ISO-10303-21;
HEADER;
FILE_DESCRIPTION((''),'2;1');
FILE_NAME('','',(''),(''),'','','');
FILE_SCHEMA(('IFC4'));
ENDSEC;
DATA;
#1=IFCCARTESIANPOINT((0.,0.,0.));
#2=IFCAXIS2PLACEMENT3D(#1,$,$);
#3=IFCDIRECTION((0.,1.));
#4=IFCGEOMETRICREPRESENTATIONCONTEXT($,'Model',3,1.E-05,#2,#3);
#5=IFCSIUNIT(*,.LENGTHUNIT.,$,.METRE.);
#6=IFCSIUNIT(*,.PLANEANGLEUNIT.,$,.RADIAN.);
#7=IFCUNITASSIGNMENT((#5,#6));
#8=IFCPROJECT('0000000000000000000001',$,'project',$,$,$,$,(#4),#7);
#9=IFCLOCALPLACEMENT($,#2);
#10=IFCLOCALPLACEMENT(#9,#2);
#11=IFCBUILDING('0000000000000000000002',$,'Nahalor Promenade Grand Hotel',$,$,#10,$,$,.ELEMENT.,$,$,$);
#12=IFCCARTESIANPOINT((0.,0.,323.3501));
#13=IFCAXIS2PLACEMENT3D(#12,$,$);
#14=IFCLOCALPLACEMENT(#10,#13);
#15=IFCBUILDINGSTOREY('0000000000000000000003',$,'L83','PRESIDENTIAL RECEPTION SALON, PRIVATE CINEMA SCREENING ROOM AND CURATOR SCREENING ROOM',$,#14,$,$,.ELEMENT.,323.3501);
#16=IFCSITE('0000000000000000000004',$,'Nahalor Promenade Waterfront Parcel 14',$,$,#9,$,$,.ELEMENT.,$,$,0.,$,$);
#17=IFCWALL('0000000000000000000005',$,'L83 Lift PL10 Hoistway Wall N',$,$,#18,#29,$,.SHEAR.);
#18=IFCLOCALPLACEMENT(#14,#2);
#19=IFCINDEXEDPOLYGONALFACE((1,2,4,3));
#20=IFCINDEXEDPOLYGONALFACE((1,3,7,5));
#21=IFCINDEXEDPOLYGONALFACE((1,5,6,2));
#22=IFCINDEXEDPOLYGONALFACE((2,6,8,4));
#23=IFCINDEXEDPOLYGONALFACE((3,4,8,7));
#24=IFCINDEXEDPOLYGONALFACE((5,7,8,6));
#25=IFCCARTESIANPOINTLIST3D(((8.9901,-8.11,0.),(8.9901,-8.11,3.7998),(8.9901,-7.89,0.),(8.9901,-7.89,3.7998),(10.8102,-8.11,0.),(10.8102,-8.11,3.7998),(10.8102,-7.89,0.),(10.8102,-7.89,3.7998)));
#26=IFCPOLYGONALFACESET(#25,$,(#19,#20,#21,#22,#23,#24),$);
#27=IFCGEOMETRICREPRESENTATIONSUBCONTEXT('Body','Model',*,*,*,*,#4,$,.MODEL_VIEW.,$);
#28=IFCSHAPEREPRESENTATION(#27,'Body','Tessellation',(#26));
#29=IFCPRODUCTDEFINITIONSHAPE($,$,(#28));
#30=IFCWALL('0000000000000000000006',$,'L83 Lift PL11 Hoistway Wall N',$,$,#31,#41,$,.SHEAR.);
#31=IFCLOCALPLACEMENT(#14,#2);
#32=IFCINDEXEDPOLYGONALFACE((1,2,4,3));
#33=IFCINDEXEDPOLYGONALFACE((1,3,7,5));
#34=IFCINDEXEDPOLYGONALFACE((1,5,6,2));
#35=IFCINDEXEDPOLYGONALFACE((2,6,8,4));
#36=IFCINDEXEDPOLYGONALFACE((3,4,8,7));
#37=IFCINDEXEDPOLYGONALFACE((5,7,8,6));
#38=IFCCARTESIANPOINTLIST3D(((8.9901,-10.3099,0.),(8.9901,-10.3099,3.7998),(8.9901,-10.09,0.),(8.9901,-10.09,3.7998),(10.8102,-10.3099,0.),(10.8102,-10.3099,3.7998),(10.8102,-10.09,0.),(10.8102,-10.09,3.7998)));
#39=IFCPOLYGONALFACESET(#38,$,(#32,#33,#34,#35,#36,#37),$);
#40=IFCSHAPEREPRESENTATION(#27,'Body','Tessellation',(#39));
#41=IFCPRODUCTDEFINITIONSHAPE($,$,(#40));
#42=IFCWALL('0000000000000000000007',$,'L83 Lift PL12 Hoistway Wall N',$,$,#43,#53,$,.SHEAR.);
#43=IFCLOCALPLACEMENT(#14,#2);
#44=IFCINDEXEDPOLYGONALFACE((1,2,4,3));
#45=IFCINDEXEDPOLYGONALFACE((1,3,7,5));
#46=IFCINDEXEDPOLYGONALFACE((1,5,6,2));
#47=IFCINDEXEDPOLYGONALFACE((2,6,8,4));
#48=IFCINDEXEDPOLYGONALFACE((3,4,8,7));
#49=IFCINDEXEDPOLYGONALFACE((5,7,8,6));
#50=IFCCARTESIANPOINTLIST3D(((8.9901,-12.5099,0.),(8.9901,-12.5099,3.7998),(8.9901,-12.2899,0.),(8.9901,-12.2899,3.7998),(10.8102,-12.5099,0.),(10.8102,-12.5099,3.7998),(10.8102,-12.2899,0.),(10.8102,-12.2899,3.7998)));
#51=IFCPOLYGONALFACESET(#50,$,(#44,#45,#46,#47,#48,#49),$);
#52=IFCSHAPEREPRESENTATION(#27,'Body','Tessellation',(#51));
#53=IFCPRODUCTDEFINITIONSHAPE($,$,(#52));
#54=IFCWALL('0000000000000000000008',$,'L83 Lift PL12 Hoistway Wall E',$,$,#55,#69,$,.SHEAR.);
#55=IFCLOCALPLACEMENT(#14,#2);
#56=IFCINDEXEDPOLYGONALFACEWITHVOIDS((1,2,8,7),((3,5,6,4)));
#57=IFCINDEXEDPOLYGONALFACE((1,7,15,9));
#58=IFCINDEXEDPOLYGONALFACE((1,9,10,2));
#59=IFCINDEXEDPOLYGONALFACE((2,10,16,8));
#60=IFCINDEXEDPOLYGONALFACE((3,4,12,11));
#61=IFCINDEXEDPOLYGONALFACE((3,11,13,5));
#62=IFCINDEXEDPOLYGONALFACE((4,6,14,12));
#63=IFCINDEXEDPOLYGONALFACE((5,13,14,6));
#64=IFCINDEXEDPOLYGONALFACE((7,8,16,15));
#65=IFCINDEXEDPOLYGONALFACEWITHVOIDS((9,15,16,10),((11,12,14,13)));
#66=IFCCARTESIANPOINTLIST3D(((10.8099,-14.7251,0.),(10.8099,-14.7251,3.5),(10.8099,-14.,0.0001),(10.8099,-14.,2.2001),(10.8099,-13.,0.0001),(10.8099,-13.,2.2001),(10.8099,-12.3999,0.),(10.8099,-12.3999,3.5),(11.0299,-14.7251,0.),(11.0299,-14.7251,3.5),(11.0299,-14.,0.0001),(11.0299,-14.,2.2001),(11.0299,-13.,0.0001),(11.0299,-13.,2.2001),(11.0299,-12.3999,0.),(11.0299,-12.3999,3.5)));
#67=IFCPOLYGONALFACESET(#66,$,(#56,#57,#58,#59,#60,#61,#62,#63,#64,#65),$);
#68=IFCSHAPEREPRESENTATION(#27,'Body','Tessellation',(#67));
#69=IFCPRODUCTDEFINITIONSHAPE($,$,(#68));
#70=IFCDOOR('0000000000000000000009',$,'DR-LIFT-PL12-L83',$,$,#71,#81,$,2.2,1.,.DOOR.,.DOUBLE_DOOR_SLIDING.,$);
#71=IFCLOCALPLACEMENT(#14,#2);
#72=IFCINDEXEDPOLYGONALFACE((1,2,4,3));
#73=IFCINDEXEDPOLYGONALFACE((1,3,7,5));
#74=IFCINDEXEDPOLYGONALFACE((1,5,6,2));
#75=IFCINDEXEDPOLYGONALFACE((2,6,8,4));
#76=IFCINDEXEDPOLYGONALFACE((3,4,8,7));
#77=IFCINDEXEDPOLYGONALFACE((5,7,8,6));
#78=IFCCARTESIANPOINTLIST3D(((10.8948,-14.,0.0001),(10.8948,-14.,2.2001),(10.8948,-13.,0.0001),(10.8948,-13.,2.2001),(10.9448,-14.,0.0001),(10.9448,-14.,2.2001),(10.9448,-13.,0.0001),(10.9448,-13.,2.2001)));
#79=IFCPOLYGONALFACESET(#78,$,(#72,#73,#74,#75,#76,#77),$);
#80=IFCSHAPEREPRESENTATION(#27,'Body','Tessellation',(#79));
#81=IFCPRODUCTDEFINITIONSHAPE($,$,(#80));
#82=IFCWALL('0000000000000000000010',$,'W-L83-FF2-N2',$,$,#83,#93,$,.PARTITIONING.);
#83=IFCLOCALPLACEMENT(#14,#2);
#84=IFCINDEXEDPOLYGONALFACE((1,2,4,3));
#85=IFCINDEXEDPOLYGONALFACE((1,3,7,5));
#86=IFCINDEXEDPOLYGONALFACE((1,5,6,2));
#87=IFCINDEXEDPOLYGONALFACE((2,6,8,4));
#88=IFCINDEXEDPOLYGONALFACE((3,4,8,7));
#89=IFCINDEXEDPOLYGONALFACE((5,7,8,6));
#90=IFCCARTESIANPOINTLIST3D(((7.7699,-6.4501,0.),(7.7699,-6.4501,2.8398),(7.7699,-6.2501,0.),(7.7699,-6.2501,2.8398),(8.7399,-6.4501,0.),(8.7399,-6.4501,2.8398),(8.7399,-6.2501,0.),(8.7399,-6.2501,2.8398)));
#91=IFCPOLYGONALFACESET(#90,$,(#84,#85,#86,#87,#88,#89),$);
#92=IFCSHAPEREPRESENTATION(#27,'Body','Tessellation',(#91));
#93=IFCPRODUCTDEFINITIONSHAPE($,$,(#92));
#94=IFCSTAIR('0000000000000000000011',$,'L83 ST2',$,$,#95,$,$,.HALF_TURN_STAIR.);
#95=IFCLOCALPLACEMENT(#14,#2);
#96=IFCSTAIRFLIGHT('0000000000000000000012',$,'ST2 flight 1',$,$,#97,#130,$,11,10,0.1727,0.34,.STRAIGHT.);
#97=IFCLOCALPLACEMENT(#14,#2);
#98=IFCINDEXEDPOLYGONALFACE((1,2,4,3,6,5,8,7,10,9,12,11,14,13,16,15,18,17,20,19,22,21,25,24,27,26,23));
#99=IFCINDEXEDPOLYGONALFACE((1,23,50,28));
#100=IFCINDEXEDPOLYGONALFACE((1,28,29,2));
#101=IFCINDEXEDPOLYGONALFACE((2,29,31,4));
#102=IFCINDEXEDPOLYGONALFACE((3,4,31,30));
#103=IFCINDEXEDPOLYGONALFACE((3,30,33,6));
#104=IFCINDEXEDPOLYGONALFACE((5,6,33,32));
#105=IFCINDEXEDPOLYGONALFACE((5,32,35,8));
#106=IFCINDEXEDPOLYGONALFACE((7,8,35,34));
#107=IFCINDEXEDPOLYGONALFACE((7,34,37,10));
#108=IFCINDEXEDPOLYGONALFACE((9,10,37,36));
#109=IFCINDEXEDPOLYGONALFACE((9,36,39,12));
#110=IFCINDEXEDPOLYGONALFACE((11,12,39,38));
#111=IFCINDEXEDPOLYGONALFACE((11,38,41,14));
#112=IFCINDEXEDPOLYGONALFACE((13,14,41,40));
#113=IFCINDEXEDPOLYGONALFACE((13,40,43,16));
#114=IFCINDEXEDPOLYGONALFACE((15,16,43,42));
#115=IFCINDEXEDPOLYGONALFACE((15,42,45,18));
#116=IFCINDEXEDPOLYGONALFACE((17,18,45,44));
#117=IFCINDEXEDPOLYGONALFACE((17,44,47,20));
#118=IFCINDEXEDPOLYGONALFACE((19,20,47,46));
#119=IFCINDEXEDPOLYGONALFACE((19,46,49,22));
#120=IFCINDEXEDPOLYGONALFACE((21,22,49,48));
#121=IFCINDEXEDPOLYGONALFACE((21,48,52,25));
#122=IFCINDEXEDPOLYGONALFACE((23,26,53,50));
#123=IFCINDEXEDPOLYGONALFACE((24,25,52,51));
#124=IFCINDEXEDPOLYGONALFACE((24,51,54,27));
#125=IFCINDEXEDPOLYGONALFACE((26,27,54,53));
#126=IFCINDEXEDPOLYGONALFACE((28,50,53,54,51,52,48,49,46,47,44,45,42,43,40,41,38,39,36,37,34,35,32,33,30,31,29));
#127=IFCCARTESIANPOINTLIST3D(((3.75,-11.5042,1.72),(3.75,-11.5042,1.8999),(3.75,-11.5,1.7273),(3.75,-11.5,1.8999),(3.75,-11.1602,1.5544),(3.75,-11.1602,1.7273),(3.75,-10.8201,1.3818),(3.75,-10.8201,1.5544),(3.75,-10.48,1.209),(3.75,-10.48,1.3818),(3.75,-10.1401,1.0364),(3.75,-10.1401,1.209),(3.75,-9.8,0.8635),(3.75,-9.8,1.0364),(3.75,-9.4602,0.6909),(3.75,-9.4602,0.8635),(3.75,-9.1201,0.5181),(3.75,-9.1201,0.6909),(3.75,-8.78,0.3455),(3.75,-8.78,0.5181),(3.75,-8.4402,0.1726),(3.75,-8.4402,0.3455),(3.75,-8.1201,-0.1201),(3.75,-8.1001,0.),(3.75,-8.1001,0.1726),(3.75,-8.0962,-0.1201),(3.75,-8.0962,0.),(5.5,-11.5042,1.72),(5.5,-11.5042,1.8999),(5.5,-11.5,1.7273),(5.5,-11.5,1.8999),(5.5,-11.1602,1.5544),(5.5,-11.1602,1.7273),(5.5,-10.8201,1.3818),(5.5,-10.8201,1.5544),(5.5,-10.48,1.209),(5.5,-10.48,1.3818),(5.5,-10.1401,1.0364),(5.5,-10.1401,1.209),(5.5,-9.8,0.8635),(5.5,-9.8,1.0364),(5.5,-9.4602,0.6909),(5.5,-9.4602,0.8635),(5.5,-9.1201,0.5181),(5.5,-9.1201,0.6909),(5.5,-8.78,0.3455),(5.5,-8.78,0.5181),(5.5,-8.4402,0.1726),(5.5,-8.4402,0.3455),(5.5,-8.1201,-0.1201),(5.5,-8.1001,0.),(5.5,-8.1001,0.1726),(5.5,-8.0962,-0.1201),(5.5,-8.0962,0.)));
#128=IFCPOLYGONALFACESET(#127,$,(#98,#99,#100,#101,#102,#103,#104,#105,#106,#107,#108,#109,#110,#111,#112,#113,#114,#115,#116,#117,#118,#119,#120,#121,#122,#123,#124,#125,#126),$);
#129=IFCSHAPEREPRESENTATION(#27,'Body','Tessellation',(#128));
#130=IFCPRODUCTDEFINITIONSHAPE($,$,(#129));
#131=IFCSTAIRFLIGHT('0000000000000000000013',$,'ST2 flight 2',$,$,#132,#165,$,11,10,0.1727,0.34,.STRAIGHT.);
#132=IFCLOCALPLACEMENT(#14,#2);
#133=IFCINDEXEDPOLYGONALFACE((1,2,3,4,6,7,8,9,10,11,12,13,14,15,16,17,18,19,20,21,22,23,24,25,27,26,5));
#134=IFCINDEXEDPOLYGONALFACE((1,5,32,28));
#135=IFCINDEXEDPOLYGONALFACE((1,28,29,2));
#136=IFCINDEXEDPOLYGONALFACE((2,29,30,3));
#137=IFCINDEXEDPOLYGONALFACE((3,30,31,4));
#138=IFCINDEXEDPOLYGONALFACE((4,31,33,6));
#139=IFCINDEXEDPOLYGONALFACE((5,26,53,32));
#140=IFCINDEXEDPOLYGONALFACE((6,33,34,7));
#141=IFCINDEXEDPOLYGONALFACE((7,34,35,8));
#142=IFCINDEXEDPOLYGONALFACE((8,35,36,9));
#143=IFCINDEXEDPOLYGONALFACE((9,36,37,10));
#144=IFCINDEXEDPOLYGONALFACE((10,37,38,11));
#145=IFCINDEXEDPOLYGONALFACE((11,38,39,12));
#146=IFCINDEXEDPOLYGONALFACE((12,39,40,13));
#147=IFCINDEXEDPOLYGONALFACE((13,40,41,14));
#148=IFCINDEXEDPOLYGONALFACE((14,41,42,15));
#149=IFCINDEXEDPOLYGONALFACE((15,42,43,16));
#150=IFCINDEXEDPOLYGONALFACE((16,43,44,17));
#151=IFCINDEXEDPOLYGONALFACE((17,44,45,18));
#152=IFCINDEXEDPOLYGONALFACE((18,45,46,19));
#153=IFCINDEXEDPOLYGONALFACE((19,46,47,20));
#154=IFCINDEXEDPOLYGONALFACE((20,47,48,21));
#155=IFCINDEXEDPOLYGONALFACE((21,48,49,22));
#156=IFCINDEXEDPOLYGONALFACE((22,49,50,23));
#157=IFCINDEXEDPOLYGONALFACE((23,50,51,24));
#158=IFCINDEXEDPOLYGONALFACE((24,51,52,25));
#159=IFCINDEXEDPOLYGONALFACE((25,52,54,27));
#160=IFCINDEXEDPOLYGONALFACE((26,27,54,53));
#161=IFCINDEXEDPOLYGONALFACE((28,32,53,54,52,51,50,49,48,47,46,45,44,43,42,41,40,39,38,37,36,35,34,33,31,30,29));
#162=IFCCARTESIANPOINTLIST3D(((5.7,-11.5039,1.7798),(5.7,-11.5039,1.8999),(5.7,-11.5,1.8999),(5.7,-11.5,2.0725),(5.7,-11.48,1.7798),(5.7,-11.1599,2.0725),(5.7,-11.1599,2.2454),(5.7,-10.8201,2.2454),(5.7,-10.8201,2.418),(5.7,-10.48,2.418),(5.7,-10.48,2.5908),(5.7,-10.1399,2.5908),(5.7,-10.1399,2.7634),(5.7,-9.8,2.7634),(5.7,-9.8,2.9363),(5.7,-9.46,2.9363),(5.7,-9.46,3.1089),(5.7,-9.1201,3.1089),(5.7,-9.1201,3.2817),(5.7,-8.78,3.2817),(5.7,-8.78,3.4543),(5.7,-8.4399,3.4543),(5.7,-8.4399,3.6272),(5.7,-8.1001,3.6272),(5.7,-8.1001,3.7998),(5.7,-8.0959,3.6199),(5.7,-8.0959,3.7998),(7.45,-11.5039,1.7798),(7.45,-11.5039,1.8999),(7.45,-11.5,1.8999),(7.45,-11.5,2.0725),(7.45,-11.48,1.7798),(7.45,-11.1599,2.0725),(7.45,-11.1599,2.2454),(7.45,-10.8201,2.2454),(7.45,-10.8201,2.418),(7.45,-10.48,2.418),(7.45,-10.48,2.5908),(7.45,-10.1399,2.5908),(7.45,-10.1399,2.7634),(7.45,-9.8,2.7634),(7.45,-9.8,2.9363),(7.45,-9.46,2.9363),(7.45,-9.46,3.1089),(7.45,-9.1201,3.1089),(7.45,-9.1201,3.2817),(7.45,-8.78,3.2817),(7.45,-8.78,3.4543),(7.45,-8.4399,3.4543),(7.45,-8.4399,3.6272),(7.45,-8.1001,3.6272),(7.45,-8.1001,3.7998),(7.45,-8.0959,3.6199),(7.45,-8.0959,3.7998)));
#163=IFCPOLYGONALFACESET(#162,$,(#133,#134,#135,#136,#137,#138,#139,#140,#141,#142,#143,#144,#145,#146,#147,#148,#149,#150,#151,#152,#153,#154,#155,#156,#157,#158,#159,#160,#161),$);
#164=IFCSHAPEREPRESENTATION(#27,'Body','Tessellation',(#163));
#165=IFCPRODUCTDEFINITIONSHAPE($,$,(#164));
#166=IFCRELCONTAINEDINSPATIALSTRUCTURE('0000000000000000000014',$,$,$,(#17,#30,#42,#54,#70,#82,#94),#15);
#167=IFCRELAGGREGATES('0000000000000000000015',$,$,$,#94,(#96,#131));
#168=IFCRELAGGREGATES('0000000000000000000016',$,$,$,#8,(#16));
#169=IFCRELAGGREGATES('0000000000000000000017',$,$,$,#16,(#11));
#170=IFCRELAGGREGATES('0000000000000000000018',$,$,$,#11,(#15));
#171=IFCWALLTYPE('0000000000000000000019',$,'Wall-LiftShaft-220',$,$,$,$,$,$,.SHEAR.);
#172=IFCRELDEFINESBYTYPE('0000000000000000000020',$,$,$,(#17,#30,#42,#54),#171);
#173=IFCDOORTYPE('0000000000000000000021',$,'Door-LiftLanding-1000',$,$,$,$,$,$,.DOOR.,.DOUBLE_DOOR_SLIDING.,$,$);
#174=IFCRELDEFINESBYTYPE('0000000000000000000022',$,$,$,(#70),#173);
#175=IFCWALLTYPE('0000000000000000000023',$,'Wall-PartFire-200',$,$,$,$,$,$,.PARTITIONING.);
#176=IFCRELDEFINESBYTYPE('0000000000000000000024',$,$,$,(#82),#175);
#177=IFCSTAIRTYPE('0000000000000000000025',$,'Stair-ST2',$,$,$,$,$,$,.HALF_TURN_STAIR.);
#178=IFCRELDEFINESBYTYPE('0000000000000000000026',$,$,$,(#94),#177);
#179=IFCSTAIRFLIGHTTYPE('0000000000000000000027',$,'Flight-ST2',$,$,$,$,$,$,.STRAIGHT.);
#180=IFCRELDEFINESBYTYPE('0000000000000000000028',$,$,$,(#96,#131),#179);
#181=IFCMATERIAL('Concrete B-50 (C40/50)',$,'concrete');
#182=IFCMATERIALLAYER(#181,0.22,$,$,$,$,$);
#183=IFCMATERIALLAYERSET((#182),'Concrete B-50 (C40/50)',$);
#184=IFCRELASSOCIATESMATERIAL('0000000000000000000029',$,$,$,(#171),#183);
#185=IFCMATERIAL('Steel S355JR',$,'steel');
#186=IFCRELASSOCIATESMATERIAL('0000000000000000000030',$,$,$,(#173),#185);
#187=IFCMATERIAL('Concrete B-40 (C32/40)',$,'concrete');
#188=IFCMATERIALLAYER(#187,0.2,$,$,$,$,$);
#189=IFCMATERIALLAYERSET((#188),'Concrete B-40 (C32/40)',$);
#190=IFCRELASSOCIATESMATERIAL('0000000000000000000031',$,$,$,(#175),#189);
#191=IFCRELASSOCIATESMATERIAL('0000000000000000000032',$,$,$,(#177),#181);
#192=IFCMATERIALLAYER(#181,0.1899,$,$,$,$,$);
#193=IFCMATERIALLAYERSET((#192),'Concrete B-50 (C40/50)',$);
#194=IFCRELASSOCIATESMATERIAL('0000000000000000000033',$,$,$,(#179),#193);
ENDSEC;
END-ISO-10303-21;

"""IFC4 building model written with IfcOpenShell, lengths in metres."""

from ifc_helpers import new_model, si_unit, direction, frame, frame_2d, origin, place, context, subcontext, project, spatial, polyline, rectangle, outline, extrude, source, transform, mapped, material, layer, layer_set, type_object, element, fill, aggregate, save


model = new_model("IFC4")

# Units and contexts
model_context = context("Model", 3, precision=1e-05, world=origin(), true_north=direction((0.0, 1.0)))
body_context = subcontext(model_context, "Body", "Model", "MODEL_VIEW")
ifc_project = project(units=[si_unit("LENGTHUNIT", "METRE"), si_unit("PLANEANGLEUNIT", "RADIAN")], contexts=[model_context])

# Site, building, storey
site_placement = place(None, origin())
site = spatial("IfcSite", under=ifc_project, at=site_placement, Name="Nahalor Promenade Waterfront Parcel 14", CompositionType="ELEMENT", RefElevation=0.0)
building_placement = place(site_placement, origin())
building = spatial("IfcBuilding", under=site, at=building_placement, Name="Nahalor Promenade Grand Hotel", CompositionType="ELEMENT")
storey_placement = place(building_placement, frame((0.0, 0.0, 323.3501)))
storey = spatial("IfcBuildingStorey", under=building, at=storey_placement, Name="L83", Description="PRESIDENTIAL RECEPTION SALON, PRIVATE CINEMA SCREENING ROOM AND CURATOR SCREENING ROOM", CompositionType="ELEMENT", Elevation=323.3501)

# Shared definitions
ifc_material_1 = material(Name="Concrete B-50 (C40/50)", Category="concrete")

# Shared definitions
ifc_layer_1 = layer(ifc_material_1, 0.22)
ifc_layer_set_1 = layer_set([ifc_layer_1], Name="Concrete B-50 (C40/50)")
wall_type_1 = type_object("IfcWallType", Name="Wall-LiftShaft-220", PredefinedType="SHEAR", material=ifc_layer_set_1)

# Shared definitions
ifc_material_2 = material(Name="Steel S355JR", Category="steel")
door_type = type_object("IfcDoorType", Name="Door-LiftLanding-1000", OperationType="DOUBLE_DOOR_SLIDING", PredefinedType="DOOR", material=ifc_material_2)
shared_shape_1 = source(origin(), body_context, "Body", "SweptSolid", [
    extrude(rectangle(XDim=1.0, YDim=2.2, at=frame_2d((0.5, 1.1001))), frame((0.0, 0.0249, 0.0), z_axis=(0.0, -1.0, 0.0), x_axis=(1.0, 0.0, 0.0)), (0.0, 0.0, 1.0), 0.05),
])

# Walls
shared_shape_2 = source(origin(), body_context, "Body", "SweptSolid", [
    extrude(rectangle(XDim=1.8201, YDim=0.22, at=frame_2d((0.9102, 0.0))), origin(), (0.0, 0.0, 1.0), 3.7998),
])
for number, where, z_axis, x_axis, name in (
    (1, (8.99, -8.0, 0.0), (0.0, 0.0, 1.0), (1.0, 0.0, 0.0), "L83 Lift PL10 Hoistway Wall N"),
    (2, (8.99, -10.2, 0.0), (0.0, 0.0, 1.0), (1.0, 0.0, 0.0), "L83 Lift PL11 Hoistway Wall N"),
    (3, (8.99, -12.3999, 0.0), (0.0, 0.0, 1.0), (1.0, 0.0, 0.0), "L83 Lift PL12 Hoistway Wall N"),
):
    element("IfcWall", number, at=place(storey_placement, frame(where, z_axis=z_axis, x_axis=x_axis)), inside=storey, type_object=wall_type_1, Name=name, PredefinedType="SHEAR", context=body_context, shape_type="MappedRepresentation", body=[
        mapped(shared_shape_2, transform((0.0, 0.0, 0.0), scale=1.0)),
    ])

# Wall, opening, door
shared_shape_3 = source(origin(), body_context, "Body", "SweptSolid", [
    extrude(rectangle(XDim=2.3252, YDim=0.22, at=frame_2d((1.1626, 0.0))), origin(), (0.0, 0.0, 1.0), 3.5),
])
wall_1_placement = place(storey_placement, frame((10.9199, -14.7251, 0.0), z_axis=(0.0, 0.0, 1.0), x_axis=(0.0, 1.0, 0.0)))
wall_1 = element("IfcWall", 4, at=wall_1_placement, inside=storey, type_object=wall_type_1, Name="L83 Lift PL12 Hoistway Wall E", PredefinedType="SHEAR", context=body_context, shape_type="MappedRepresentation", body=[
    mapped(shared_shape_3, transform((0.0, 0.0, 0.0), scale=1.0)),
])
opening_1_placement = place(wall_1_placement, frame((0.7251, 0.0, 0.0)))
opening_1 = element("IfcOpeningElement", 5, at=opening_1_placement, cuts=wall_1, PredefinedType="OPENING", context=body_context, shape_type="SweptSolid", body=[
    extrude(rectangle(XDim=1.0, YDim=2.2, at=frame_2d((0.5, 1.1001))), frame((0.0, 0.1199, 0.0), z_axis=(0.0, -1.0, 0.0), x_axis=(1.0, 0.0, 0.0)), (0.0, 0.0, 1.0), 0.24),
])
door_1_placement = place(opening_1_placement, frame((1.0, 0.0, 0.0), z_axis=(0.0, 0.0, 1.0), x_axis=(-1.0, 0.0, 0.0)))
door_1 = element("IfcDoor", 6, at=door_1_placement, inside=storey, type_object=door_type, Name="DR-LIFT-PL12-L83", OperationType="DOUBLE_DOOR_SLIDING", OverallHeight=2.2, OverallWidth=1.0, PredefinedType="DOOR", context=body_context, shape_type="MappedRepresentation", body=[
    mapped(shared_shape_1, transform((0.0, 0.0, 0.0), scale=1.0)),
])
fill(opening_1, door_1)

# Wall
ifc_material_3 = material(Name="Concrete B-40 (C32/40)", Category="concrete")
ifc_layer_2 = layer(ifc_material_3, 0.2)
ifc_layer_set_2 = layer_set([ifc_layer_2], Name="Concrete B-40 (C32/40)")
wall_type_2 = type_object("IfcWallType", Name="Wall-PartFire-200", PredefinedType="PARTITIONING", material=ifc_layer_set_2)
shared_shape_4 = source(origin(), body_context, "Body", "SweptSolid", [
    extrude(rectangle(XDim=0.97, YDim=0.2, at=frame_2d((0.4849, 0.0))), origin(), (0.0, 0.0, 1.0), 2.8398),
])
wall_2_placement = place(storey_placement, frame((7.77, -6.3501, 0.0), z_axis=(0.0, 0.0, 1.0), x_axis=(1.0, 0.0, 0.0)))
element("IfcWall", 7, at=wall_2_placement, inside=storey, type_object=wall_type_2, Name="W-L83-FF2-N2", PredefinedType="PARTITIONING", context=body_context, shape_type="MappedRepresentation", body=[
    mapped(shared_shape_4, transform((0.0, 0.0, 0.0), scale=1.0)),
])

# Stair, stair flights
stair_type = type_object("IfcStairType", Name="Stair-ST2", PredefinedType="HALF_TURN_STAIR", material=ifc_material_1)
stair_placement = place(storey_placement, origin())
stair = element("IfcStair", 8, at=stair_placement, inside=storey, type_object=stair_type, Name="L83 ST2", PredefinedType="HALF_TURN_STAIR")
ifc_layer_3 = layer(ifc_material_1, 0.1899)
ifc_layer_set_3 = layer_set([ifc_layer_3], Name="Concrete B-50 (C40/50)")
stair_flight_type = type_object("IfcStairFlightType", Name="Flight-ST2", PredefinedType="STRAIGHT", material=ifc_layer_set_3)
shared_shape_5 = source(origin(), body_context, "Body", "SweptSolid", [
    extrude(outline(polyline([(-0.0039, -0.1201), (-0.0039, 0.0), (0.0, 0.0), (0.0, 0.1726), (0.3401, 0.1726), (0.3401, 0.3455), (0.6799, 0.3455), (0.6799, 0.5181), (1.02, 0.5181), (1.02, 0.6909), (1.3601, 0.6909), (1.3601, 0.8635), (1.7, 0.8635), (1.7, 1.0364), (2.04, 1.0364), (2.04, 1.209), (2.3799, 1.209), (2.3799, 1.3818), (2.72, 1.3818), (2.72, 1.5544), (3.0601, 1.5544), (3.0601, 1.7273), (3.3999, 1.7273), (3.3999, 1.8999), (3.4041, 1.8999), (3.4041, 1.72), (0.02, -0.1201), (-0.0039, -0.1201)])), frame((0.0, 0.875, 0.0), z_axis=(0.0, -1.0, 0.0), x_axis=(1.0, 0.0, 0.0)), (0.0, 0.0, 1.0), 1.75),
])
stair_flight_1_placement = place(storey_placement, frame((4.625, -8.1001, 0.0), z_axis=(0.0, 0.0, 1.0), x_axis=(0.0, -1.0, 0.0)))
stair_flight_1 = element("IfcStairFlight", 9, at=stair_flight_1_placement, type_object=stair_flight_type, Name="ST2 flight 1", NumberOfRisers=11, NumberOfTreads=10, PredefinedType="STRAIGHT", RiserHeight=0.1727, TreadLength=0.34, context=body_context, shape_type="MappedRepresentation", body=[
    mapped(shared_shape_5, transform((0.0, 0.0, 0.0), scale=1.0)),
])
stair_flight_2_placement = place(storey_placement, frame((6.575, -11.5, 1.8999), z_axis=(0.0, 0.0, 1.0), x_axis=(0.0, 1.0, 0.0)))
stair_flight_2 = element("IfcStairFlight", 10, at=stair_flight_2_placement, type_object=stair_flight_type, Name="ST2 flight 2", NumberOfRisers=11, NumberOfTreads=10, PredefinedType="STRAIGHT", RiserHeight=0.1727, TreadLength=0.34, context=body_context, shape_type="MappedRepresentation", body=[
    mapped(shared_shape_5, transform((0.0, 0.0, 0.0), scale=1.0)),
])
aggregate(stair, [stair_flight_1, stair_flight_2])

save(model, "model.ifc")
